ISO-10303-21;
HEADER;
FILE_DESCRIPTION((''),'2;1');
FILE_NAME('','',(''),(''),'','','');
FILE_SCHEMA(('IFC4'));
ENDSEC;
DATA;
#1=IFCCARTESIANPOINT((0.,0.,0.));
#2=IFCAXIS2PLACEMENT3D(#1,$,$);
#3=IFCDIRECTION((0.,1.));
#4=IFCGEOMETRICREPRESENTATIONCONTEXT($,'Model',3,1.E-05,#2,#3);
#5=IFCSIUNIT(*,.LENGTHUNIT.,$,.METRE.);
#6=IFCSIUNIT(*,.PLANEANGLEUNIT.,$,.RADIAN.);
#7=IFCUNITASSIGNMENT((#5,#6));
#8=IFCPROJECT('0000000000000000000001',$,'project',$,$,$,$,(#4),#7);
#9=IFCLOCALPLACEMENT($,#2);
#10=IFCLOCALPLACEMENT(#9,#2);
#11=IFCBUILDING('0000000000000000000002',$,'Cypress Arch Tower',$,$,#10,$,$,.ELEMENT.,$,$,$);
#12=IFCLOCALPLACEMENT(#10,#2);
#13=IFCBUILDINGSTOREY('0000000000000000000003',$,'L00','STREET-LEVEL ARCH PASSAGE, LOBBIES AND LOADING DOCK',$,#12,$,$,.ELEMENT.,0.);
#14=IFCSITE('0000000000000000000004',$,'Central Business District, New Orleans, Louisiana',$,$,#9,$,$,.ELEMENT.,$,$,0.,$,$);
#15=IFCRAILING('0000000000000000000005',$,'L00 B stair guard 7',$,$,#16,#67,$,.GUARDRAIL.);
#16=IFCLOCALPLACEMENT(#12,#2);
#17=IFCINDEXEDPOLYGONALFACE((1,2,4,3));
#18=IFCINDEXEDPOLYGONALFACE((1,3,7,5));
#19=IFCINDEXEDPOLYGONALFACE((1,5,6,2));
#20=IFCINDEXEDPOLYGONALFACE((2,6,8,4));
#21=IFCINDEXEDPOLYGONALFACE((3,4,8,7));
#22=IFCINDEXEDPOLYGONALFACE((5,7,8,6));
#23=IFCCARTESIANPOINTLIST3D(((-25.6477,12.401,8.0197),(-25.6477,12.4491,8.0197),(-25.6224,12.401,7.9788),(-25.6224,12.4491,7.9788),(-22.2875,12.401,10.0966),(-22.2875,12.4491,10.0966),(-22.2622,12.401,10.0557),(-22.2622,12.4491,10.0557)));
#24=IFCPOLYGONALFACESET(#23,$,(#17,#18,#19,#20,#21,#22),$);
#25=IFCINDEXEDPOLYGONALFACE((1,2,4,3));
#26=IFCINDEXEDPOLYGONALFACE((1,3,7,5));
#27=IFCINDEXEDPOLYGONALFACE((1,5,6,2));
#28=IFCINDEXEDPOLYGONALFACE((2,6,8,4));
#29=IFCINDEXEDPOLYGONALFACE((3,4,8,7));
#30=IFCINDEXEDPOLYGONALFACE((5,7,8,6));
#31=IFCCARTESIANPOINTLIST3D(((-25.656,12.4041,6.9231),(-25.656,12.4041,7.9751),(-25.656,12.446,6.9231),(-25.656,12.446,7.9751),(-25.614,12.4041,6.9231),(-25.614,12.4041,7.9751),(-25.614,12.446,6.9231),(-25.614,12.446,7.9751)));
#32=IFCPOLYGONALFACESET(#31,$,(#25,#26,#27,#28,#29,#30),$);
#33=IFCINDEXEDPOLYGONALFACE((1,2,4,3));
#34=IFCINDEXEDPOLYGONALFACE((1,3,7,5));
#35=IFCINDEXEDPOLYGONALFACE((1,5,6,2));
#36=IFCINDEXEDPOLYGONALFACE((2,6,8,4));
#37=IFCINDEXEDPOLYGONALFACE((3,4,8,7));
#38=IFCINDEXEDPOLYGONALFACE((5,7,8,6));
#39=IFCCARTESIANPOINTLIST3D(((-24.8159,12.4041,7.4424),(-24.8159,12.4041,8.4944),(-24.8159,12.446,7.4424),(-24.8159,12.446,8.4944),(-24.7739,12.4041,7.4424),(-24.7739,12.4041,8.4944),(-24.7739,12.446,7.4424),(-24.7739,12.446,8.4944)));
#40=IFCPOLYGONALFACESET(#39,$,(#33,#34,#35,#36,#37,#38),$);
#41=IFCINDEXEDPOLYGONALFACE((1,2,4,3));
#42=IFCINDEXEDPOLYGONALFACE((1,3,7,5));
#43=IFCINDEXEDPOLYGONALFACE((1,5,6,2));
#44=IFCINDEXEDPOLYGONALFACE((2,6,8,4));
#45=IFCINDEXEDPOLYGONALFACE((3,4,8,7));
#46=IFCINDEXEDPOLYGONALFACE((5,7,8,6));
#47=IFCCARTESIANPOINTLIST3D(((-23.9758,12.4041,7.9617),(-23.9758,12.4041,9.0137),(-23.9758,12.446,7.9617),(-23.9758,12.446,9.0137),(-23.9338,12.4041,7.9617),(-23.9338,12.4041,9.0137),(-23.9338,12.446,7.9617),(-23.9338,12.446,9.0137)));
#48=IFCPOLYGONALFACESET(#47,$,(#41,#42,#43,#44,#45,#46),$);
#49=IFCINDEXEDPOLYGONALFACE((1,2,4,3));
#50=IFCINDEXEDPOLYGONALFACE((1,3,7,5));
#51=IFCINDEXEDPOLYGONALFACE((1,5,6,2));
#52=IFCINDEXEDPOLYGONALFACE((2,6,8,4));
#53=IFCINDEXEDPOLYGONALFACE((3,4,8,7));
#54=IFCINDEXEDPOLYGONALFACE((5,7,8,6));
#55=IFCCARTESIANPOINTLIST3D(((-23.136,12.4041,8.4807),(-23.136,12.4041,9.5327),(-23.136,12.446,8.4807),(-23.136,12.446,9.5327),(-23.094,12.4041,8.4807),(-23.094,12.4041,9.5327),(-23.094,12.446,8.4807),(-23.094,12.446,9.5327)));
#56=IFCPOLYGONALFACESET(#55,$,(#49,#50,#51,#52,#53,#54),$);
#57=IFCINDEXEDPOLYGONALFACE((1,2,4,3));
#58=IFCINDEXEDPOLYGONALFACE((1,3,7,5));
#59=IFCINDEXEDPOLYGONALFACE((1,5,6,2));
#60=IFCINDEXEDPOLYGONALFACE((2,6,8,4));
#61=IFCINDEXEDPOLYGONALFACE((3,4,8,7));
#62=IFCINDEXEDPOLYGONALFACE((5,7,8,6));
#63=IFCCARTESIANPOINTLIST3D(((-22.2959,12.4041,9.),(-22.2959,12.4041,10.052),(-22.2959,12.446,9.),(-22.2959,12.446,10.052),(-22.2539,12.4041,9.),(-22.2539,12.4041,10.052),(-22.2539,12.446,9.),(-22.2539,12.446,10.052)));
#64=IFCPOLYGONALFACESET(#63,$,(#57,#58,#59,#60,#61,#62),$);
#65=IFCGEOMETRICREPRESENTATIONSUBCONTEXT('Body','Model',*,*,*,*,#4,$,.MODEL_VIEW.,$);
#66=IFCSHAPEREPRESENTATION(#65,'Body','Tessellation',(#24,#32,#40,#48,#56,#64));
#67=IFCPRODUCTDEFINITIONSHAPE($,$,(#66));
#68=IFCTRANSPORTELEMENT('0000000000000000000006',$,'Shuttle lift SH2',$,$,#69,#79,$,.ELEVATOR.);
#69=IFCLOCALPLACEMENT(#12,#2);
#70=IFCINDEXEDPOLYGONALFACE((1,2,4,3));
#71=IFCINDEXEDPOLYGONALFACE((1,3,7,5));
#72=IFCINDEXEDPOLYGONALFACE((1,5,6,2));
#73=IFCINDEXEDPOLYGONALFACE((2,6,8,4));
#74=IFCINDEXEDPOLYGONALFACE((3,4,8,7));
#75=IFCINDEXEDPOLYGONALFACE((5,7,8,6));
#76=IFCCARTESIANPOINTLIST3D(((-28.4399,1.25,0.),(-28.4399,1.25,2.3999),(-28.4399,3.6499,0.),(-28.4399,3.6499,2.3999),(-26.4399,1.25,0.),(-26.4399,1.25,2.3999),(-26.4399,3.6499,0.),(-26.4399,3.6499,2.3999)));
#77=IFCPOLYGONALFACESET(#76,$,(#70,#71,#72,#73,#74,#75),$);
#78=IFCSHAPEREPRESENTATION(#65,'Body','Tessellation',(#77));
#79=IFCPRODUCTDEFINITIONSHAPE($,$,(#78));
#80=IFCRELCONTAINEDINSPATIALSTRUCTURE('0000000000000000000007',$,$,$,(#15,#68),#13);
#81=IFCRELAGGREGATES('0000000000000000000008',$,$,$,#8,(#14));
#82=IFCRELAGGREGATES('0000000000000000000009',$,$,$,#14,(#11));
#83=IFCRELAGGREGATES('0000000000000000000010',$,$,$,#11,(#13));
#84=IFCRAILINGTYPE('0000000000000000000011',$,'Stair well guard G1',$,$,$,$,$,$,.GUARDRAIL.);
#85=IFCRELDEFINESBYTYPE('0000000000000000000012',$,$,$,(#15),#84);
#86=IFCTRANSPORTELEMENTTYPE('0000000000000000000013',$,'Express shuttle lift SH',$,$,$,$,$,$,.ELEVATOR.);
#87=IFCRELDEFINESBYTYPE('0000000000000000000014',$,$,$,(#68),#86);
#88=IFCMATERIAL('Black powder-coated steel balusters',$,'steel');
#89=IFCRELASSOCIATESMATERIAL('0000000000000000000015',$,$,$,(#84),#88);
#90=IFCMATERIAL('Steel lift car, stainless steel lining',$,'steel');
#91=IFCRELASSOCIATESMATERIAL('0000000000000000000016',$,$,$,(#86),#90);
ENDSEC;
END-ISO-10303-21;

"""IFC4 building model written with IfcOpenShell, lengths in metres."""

from ifc_helpers import new_model, si_unit, direction, frame, origin, origin_2d, place, context, subcontext, project, spatial, rectangle, extrude, material, type_object, element, save


model = new_model("IFC4")

# Units and contexts
model_context = context("Model", 3, precision=1e-05, world=origin(), true_north=direction((0.0, 1.0)))
body_context = subcontext(model_context, "Body", "Model", "MODEL_VIEW")
ifc_project = project(units=[si_unit("LENGTHUNIT", "METRE"), si_unit("PLANEANGLEUNIT", "RADIAN")], contexts=[model_context])

# Site, building, storey
site_placement = place(None, origin())
site = spatial("IfcSite", under=ifc_project, at=site_placement, Name="Central Business District, New Orleans, Louisiana", CompositionType="ELEMENT", RefElevation=0.0)
building_placement = place(site_placement, origin())
building = spatial("IfcBuilding", under=site, at=building_placement, Name="Cypress Arch Tower", CompositionType="ELEMENT")
storey_placement = place(building_placement, origin())
storey = spatial("IfcBuildingStorey", under=building, at=storey_placement, Name="L00", Description="STREET-LEVEL ARCH PASSAGE, LOBBIES AND LOADING DOCK", CompositionType="ELEMENT", Elevation=0.0)

# Railing
ifc_material_1 = material(Name="Black powder-coated steel balusters", Category="steel")
railing_type_1 = type_object("IfcRailingType", Name="Stair well guard G1", PredefinedType="GUARDRAIL", material=ifc_material_1)
railing_1_placement = place(storey_placement, frame((-25.635, 12.425, 6.9231)))
element("IfcRailing", 1, at=railing_1_placement, inside=storey, type_object=railing_type_1, Name="L00 B stair guard 7", PredefinedType="GUARDRAIL", context=body_context, shape_type="SweptSolid", body=[
    extrude(rectangle(XDim=0.0481, YDim=0.0481, at=origin_2d()), frame((0.0, 0.0, 1.0762), z_axis=(0.850623, 0.0, 0.525776), x_axis=(0.0, 1.0, 0.0)), (0.0, 0.0, 1.0), 3.9502),
    extrude(rectangle(XDim=0.042, YDim=0.042, at=origin_2d()), origin(), (0.0, 0.0, 1.0), 1.052),
    extrude(rectangle(XDim=0.042, YDim=0.042, at=origin_2d()), frame((0.8401, 0.0, 0.5193)), (0.0, 0.0, 1.0), 1.052),
    extrude(rectangle(XDim=0.042, YDim=0.042, at=origin_2d()), frame((1.6802, 0.0, 1.0386)), (0.0, 0.0, 1.0), 1.052),
    extrude(rectangle(XDim=0.042, YDim=0.042, at=origin_2d()), frame((2.52, 0.0, 1.5576)), (0.0, 0.0, 1.0), 1.052),
    extrude(rectangle(XDim=0.042, YDim=0.042, at=origin_2d()), frame((3.3601, 0.0, 2.0769)), (0.0, 0.0, 1.0), 1.052),
])

# Transport element
ifc_material_2 = material(Name="Steel lift car, stainless steel lining", Category="steel")
transport_element_type = type_object("IfcTransportElementType", Name="Express shuttle lift SH", PredefinedType="ELEVATOR", material=ifc_material_2)
transport_element_placement = place(storey_placement, frame((-27.4399, 2.45, 0.0), z_axis=(0.0, 0.0, 1.0), x_axis=(1.0, 0.0, 0.0)))
element("IfcTransportElement", 2, at=transport_element_placement, inside=storey, type_object=transport_element_type, Name="Shuttle lift SH2", PredefinedType="ELEVATOR", context=body_context, shape_type="SweptSolid", body=[
    extrude(rectangle(XDim=2.0, YDim=2.3999, at=origin_2d()), origin(), (0.0, 0.0, 1.0), 2.3999),
])

save(model, "model.ifc")
